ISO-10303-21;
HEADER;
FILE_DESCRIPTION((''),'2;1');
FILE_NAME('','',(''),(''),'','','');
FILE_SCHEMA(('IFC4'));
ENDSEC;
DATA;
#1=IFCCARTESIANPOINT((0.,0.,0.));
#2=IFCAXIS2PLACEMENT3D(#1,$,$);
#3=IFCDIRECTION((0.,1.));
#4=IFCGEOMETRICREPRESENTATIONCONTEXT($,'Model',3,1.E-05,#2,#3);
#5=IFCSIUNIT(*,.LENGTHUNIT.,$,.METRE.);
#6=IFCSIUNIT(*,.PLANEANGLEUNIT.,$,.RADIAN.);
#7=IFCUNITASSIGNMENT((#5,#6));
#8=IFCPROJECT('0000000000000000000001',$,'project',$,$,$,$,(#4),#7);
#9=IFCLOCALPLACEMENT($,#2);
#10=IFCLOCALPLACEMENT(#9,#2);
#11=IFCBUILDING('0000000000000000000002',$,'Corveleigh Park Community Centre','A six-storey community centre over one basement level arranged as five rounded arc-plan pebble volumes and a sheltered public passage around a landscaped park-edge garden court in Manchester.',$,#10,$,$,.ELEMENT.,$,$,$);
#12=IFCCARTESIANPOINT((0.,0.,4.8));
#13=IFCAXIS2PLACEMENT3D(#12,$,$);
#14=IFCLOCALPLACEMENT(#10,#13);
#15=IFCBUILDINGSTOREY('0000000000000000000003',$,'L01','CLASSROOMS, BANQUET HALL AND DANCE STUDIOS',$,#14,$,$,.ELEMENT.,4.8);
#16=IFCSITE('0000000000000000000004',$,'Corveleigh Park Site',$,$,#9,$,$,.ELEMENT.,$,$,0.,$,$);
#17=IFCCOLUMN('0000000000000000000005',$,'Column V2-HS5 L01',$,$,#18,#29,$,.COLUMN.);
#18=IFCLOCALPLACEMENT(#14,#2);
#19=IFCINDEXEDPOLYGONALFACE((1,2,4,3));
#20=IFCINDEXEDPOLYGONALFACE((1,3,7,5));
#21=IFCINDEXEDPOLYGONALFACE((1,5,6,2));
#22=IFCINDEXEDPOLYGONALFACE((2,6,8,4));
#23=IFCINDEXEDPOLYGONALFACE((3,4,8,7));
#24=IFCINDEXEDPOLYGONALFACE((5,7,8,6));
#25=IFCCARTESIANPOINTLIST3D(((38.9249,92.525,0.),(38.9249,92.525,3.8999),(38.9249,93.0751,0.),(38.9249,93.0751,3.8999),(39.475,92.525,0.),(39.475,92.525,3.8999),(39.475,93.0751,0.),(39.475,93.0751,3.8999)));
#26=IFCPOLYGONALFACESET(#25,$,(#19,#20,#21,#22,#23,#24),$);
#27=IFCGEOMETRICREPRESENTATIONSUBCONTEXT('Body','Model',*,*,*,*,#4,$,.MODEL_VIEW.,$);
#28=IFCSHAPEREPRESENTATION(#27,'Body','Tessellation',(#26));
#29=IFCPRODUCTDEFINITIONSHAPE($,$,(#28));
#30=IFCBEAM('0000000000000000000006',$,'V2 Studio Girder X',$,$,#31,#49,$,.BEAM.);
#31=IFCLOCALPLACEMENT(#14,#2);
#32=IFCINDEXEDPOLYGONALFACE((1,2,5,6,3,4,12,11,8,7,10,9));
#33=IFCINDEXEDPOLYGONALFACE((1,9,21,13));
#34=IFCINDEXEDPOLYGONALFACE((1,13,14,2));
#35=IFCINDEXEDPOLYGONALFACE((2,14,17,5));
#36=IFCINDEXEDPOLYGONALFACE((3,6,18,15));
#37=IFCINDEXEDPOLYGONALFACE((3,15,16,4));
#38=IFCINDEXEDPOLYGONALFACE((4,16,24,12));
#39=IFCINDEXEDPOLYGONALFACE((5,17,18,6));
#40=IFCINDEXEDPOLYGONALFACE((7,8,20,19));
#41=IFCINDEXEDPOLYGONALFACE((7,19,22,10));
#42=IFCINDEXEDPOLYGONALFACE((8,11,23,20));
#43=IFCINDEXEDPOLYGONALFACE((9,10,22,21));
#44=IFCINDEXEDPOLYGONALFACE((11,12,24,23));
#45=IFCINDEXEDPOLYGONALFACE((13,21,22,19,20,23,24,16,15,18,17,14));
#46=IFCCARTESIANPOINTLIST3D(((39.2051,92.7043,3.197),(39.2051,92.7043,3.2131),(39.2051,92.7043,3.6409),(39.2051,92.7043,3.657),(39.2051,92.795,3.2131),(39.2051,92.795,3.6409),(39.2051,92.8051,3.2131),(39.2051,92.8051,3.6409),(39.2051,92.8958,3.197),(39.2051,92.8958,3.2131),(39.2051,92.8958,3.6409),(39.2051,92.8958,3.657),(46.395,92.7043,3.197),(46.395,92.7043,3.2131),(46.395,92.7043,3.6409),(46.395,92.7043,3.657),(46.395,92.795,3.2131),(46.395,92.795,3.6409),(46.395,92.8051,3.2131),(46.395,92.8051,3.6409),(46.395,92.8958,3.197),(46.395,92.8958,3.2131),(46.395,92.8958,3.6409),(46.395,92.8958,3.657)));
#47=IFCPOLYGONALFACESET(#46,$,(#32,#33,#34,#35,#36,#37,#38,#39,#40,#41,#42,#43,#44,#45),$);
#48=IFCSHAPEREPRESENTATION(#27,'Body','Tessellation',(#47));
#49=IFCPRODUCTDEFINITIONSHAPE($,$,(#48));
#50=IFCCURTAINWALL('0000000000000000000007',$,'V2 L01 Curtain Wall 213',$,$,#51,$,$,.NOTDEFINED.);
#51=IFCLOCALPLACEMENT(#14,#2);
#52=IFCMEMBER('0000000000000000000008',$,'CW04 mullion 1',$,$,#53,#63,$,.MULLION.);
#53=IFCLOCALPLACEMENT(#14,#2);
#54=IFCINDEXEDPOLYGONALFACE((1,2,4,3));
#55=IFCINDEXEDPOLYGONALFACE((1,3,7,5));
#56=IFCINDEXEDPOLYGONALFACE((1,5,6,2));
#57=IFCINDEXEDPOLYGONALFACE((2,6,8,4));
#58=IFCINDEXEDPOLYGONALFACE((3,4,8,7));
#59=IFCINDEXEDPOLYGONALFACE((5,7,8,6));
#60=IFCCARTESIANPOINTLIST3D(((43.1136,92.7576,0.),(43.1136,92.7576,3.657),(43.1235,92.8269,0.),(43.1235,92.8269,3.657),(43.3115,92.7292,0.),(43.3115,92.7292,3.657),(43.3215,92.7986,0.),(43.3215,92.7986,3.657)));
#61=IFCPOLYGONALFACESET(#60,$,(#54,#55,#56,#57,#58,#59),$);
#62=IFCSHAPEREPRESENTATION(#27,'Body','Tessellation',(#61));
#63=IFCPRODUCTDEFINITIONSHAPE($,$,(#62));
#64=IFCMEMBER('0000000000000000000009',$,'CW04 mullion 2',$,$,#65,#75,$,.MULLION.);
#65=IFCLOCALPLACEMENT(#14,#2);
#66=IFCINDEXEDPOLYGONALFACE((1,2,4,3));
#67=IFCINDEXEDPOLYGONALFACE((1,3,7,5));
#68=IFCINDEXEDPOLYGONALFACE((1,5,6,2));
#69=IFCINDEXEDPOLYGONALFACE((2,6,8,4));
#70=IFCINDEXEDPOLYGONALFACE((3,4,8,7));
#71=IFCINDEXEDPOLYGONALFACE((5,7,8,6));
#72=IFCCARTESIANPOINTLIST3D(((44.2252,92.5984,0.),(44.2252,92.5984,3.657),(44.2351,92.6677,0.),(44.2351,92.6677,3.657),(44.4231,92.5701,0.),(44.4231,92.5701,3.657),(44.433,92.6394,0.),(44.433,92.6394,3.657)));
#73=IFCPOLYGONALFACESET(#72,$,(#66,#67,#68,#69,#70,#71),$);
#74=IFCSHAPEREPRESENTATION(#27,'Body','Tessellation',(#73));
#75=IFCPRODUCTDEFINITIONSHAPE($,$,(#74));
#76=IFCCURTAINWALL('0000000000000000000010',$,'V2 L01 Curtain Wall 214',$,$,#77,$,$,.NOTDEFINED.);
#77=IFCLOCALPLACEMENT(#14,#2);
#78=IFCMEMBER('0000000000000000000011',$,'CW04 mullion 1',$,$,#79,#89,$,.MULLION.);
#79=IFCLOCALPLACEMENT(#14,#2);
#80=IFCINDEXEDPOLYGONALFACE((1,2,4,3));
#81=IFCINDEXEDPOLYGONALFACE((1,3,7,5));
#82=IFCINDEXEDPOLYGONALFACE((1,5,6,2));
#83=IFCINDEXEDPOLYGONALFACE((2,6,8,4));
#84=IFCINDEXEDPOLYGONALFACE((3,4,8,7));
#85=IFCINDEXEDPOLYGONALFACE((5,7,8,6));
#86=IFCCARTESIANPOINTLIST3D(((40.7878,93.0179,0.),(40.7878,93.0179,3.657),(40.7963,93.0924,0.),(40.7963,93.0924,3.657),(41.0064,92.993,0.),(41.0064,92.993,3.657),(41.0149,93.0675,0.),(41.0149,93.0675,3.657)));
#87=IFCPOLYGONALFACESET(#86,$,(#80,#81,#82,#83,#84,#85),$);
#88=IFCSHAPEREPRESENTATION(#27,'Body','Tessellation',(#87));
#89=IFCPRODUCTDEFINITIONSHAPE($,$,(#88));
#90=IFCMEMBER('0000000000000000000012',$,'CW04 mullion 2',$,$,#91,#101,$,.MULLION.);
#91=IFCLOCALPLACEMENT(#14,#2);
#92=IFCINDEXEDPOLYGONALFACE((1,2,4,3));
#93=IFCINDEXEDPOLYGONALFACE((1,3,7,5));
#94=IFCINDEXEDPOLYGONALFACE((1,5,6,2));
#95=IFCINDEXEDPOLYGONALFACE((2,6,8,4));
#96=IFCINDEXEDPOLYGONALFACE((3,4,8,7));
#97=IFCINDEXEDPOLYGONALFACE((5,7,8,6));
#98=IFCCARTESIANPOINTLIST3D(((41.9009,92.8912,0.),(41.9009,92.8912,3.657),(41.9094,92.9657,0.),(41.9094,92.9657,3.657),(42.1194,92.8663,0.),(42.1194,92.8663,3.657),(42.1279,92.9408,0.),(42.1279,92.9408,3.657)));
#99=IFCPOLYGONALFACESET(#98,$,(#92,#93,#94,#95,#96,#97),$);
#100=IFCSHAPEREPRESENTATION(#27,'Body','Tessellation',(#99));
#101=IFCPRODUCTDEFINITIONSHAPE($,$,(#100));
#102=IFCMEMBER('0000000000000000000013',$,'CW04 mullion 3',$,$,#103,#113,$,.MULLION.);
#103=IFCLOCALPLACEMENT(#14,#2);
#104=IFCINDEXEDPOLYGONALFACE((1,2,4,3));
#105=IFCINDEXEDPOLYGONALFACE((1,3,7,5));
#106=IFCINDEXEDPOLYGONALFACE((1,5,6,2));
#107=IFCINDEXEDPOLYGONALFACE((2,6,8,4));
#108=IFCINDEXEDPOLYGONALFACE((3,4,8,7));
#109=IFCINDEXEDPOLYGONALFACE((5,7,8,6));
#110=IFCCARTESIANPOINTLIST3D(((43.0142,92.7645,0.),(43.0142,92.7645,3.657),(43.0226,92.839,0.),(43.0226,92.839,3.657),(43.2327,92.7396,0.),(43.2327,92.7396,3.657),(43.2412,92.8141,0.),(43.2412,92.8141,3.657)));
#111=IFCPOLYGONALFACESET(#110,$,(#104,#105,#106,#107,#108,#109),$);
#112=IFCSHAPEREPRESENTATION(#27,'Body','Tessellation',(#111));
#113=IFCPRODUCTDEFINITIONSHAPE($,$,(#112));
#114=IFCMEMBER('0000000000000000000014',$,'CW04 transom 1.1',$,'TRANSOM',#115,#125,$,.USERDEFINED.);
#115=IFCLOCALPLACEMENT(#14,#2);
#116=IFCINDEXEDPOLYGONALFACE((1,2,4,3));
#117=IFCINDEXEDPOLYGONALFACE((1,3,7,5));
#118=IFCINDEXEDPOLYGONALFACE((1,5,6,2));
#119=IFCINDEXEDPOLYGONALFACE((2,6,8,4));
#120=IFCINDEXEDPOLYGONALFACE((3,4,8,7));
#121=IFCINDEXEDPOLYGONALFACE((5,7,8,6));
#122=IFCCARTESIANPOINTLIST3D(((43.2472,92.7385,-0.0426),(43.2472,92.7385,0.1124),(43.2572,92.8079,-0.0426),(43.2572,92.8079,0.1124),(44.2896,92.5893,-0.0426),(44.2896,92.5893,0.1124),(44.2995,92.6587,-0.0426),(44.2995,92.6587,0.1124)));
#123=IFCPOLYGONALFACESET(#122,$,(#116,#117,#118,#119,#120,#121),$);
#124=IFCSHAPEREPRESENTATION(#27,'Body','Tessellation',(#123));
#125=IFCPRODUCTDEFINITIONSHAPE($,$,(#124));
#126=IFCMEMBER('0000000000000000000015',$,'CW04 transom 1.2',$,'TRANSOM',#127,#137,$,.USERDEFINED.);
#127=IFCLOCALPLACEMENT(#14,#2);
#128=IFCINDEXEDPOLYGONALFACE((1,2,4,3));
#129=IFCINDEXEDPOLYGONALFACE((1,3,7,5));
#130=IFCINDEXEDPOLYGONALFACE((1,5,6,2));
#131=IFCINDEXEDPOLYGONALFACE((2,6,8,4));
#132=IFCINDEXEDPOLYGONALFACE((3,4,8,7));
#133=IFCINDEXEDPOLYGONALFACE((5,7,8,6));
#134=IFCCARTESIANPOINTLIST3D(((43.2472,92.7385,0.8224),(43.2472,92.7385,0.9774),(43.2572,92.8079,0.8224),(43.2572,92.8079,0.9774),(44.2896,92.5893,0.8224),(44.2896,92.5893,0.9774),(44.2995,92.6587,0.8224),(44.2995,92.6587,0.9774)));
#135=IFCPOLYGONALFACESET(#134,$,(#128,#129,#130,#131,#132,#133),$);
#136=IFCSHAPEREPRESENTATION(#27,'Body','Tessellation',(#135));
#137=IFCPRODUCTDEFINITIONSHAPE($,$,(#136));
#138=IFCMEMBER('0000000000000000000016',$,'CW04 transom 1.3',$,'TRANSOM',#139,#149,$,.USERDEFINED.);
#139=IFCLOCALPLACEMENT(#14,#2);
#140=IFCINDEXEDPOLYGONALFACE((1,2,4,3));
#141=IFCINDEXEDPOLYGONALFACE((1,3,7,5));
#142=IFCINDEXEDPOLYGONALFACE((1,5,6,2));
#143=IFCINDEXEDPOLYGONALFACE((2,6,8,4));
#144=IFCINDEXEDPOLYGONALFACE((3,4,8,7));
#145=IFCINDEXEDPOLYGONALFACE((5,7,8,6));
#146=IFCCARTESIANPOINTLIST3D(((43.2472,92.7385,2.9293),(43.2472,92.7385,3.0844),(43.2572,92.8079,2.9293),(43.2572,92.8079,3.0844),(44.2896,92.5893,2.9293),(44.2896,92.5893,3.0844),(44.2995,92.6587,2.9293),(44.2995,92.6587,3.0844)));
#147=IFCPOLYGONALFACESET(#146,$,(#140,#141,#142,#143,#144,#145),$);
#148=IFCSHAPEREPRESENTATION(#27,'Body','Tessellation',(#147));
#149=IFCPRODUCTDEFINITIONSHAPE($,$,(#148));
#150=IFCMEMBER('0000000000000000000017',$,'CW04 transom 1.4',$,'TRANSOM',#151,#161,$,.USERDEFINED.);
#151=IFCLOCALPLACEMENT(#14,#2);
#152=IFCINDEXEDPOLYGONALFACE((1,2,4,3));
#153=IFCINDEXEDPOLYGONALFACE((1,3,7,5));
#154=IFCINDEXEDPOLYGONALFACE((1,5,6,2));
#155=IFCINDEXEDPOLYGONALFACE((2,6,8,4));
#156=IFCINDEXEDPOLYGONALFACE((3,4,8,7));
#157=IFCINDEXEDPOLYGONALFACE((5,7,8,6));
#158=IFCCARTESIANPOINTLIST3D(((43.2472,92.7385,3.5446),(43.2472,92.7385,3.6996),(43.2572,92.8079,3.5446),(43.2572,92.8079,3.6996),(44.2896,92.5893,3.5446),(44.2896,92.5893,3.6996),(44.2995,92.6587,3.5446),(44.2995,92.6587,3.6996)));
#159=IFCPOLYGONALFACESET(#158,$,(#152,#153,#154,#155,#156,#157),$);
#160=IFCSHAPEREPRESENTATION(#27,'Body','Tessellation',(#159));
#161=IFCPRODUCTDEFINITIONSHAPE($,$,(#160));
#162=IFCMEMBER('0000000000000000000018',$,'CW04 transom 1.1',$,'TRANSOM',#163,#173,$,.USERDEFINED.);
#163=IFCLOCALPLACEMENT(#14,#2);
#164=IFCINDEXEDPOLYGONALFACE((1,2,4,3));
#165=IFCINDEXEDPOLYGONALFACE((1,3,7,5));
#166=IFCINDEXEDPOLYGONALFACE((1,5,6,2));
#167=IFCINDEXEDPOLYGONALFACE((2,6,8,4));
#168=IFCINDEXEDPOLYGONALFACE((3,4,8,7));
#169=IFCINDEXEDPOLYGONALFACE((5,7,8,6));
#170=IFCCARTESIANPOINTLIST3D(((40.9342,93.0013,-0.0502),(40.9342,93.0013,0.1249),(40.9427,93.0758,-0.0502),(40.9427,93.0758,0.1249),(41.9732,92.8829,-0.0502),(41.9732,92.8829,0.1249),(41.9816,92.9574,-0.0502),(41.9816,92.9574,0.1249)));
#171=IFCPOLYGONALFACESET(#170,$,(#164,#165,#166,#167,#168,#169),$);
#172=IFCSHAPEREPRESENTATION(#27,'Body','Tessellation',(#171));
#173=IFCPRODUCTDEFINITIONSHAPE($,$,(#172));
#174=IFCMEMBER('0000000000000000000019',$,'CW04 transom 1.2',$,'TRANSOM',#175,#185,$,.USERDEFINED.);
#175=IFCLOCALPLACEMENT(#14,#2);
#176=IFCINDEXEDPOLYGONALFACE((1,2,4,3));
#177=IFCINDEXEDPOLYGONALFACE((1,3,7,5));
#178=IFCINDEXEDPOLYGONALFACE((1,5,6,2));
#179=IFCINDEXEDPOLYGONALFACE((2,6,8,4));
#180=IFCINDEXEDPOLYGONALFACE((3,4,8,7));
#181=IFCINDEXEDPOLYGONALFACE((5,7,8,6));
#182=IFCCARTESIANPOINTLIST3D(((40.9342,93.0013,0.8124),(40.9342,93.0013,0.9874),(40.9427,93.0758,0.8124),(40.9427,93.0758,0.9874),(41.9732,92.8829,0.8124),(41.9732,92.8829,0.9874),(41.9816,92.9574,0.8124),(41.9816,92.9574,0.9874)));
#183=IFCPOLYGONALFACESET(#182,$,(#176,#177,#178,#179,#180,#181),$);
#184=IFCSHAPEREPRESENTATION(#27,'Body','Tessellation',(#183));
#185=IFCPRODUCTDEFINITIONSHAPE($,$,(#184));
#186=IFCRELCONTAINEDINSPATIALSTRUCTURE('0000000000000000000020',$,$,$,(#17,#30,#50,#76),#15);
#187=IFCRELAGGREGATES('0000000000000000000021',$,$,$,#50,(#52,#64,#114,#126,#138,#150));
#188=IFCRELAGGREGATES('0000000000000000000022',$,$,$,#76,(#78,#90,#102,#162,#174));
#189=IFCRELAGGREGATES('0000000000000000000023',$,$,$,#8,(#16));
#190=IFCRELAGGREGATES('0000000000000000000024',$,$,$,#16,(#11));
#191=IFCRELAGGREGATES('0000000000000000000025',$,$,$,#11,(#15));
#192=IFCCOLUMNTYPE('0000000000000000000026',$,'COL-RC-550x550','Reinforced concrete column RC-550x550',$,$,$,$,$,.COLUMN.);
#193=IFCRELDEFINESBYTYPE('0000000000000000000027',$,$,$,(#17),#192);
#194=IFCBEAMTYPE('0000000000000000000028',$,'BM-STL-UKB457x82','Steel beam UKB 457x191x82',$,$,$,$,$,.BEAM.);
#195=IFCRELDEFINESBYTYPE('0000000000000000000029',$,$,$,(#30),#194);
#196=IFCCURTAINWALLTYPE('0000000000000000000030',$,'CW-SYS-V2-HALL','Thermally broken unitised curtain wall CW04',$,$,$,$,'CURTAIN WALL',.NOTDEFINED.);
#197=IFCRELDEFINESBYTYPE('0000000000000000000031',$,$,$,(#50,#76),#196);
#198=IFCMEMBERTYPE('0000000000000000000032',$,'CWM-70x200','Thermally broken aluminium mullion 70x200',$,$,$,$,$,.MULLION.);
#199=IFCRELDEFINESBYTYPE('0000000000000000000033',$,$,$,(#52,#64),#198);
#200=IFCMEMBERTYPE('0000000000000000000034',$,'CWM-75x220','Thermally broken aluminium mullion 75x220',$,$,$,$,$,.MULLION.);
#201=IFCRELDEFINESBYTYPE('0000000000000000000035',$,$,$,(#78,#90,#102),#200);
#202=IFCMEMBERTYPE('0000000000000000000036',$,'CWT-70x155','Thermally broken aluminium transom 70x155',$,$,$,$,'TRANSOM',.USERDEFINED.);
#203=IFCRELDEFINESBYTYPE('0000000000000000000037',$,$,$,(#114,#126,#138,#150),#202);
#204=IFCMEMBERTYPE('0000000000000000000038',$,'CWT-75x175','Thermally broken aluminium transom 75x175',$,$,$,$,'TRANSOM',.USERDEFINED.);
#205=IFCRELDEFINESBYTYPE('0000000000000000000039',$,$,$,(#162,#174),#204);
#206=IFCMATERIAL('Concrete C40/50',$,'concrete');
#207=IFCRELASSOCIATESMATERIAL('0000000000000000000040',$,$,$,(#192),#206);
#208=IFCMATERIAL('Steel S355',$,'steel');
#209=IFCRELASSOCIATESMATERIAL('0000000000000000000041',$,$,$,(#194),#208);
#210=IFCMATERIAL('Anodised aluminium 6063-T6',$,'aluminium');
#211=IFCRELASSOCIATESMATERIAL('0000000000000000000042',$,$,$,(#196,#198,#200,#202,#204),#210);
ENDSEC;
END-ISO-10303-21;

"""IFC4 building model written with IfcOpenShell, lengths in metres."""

from ifc_helpers import new_model, si_unit, direction, frame, origin, origin_2d, place, context, subcontext, project, spatial, rectangle, i_section, extrude, material, material_profile, profile_set, type_object, element, aggregate, save


model = new_model("IFC4")

# Units and contexts
model_context = context("Model", 3, precision=1e-05, world=origin(), true_north=direction((0.0, 1.0)))
body_context = subcontext(model_context, "Body", "Model", "MODEL_VIEW")
ifc_project = project(units=[si_unit("LENGTHUNIT", "METRE"), si_unit("PLANEANGLEUNIT", "RADIAN")], contexts=[model_context])

# Site, building, storey
site_placement = place(None, origin())
site = spatial("IfcSite", under=ifc_project, at=site_placement, Name="Corveleigh Park Site", CompositionType="ELEMENT", RefElevation=0.0)
building_placement = place(site_placement, origin())
building = spatial("IfcBuilding", under=site, at=building_placement, Name="Corveleigh Park Community Centre", Description="A six-storey community centre over one basement level arranged as five rounded arc-plan pebble volumes and a sheltered public passage around a landscaped park-edge garden court in Manchester.", CompositionType="ELEMENT")
storey_placement = place(building_placement, frame((0.0, 0.0, 4.8)))
storey = spatial("IfcBuildingStorey", under=building, at=storey_placement, Name="L01", Description="CLASSROOMS, BANQUET HALL AND DANCE STUDIOS", CompositionType="ELEMENT", Elevation=4.8)

# Column
ifc_material_1 = material(Name="Concrete C40/50", Category="concrete")
ifc_material_profile_1 = material_profile(ifc_material_1, rectangle(XDim=0.55, YDim=0.55, at=origin_2d()), Name="RC-550x550", Category="concrete")
ifc_profile_set_1 = profile_set([ifc_material_profile_1], Name="Concrete C40/50")
column_type = type_object("IfcColumnType", Name="COL-RC-550x550", Description="Reinforced concrete column RC-550x550", PredefinedType="COLUMN", material=ifc_profile_set_1)
column_placement = place(storey_placement, frame((39.2, 92.8, 0.0), z_axis=(0.0, 0.0, 1.0), x_axis=(1.0, 0.0, 0.0)))
element("IfcColumn", 1, at=column_placement, inside=storey, type_object=column_type, Name="Column V2-HS5 L01", PredefinedType="COLUMN", context=body_context, shape_type="SweptSolid", body=[
    extrude(rectangle(XDim=0.55, YDim=0.55, at=origin_2d()), origin(), (0.0, 0.0, 1.0), 3.8999),
])

# Beam
ifc_material_2 = material(Name="Steel S355", Category="steel")
ifc_material_profile_2 = material_profile(ifc_material_2, i_section(OverallWidth=0.1914, OverallDepth=0.46, WebThickness=0.01, FlangeThickness=0.0161, at=origin_2d()), Name="UKB 457x191x82", Category="steel")
ifc_profile_set_2 = profile_set([ifc_material_profile_2], Name="Steel S355")
beam_type = type_object("IfcBeamType", Name="BM-STL-UKB457x82", Description="Steel beam UKB 457x191x82", PredefinedType="BEAM", material=ifc_profile_set_2)
beam_placement = place(storey_placement, frame((39.2051, 92.8, 3.427), z_axis=(1.0, 0.0, 0.0), x_axis=(0.0, 1.0, 0.0)))
element("IfcBeam", 2, at=beam_placement, inside=storey, type_object=beam_type, Name="V2 Studio Girder X", PredefinedType="BEAM", context=body_context, shape_type="SweptSolid", body=[
    extrude(i_section(OverallWidth=0.1914, OverallDepth=0.46, WebThickness=0.01, FlangeThickness=0.0161, at=origin_2d()), origin(), (0.0, 0.0, 1.0), 7.1899),
])

# Curtain walls, members
ifc_material_3 = material(Name="Anodised aluminium 6063-T6", Category="aluminium")
curtain_wall_type = type_object("IfcCurtainWallType", Name="CW-SYS-V2-HALL", Description="Thermally broken unitised curtain wall CW04", ElementType="CURTAIN WALL", PredefinedType="NOTDEFINED", material=ifc_material_3)
curtain_wall_1_placement = place(storey_placement, origin())
curtain_wall_1 = element("IfcCurtainWall", 3, at=curtain_wall_1_placement, inside=storey, type_object=curtain_wall_type, Name="V2 L01 Curtain Wall 213", PredefinedType="NOTDEFINED")
ifc_material_profile_3 = material_profile(ifc_material_3, rectangle(XDim=0.0701, YDim=0.2, at=origin_2d()), Name="ALU-M70x200", Category="aluminium")
ifc_profile_set_3 = profile_set([ifc_material_profile_3], Name="Anodised aluminium 6063-T6")
member_type_1 = type_object("IfcMemberType", Name="CWM-70x200", Description="Thermally broken aluminium mullion 70x200", PredefinedType="MULLION", material=ifc_profile_set_3)
member_1_placement = place(storey_placement, frame((43.2175, 92.7781, 0.0), z_axis=(0.0, 0.0, 1.0), x_axis=(0.141663, 0.989915, 0.0)))
member_1 = element("IfcMember", 4, at=member_1_placement, type_object=member_type_1, Name="CW04 mullion 1", PredefinedType="MULLION", context=body_context, shape_type="SweptSolid", body=[
    extrude(rectangle(XDim=0.0701, YDim=0.2, at=origin_2d()), origin(), (0.0, 0.0, 1.0), 3.657),
])
member_2_placement = place(storey_placement, frame((44.3291, 92.6189, 0.0), z_axis=(0.0, 0.0, 1.0), x_axis=(0.141663, 0.989915, 0.0)))
member_2 = element("IfcMember", 5, at=member_2_placement, type_object=member_type_1, Name="CW04 mullion 2", PredefinedType="MULLION", context=body_context, shape_type="SweptSolid", body=[
    extrude(rectangle(XDim=0.0701, YDim=0.2, at=origin_2d()), origin(), (0.0, 0.0, 1.0), 3.657),
])
curtain_wall_2_placement = place(storey_placement, origin())
curtain_wall_2 = element("IfcCurtainWall", 6, at=curtain_wall_2_placement, inside=storey, type_object=curtain_wall_type, Name="V2 L01 Curtain Wall 214", PredefinedType="NOTDEFINED")
ifc_material_profile_4 = material_profile(ifc_material_3, rectangle(XDim=0.075, YDim=0.22, at=origin_2d()), Name="ALU-M75x220", Category="aluminium")
ifc_profile_set_4 = profile_set([ifc_material_profile_4], Name="Anodised aluminium 6063-T6")
member_type_2 = type_object("IfcMemberType", Name="CWM-75x220", Description="Thermally broken aluminium mullion 75x220", PredefinedType="MULLION", material=ifc_profile_set_4)
member_3_placement = place(storey_placement, frame((40.9014, 93.0427, 0.0), z_axis=(0.0, 0.0, 1.0), x_axis=(0.113133, 0.99358, 0.0)))
member_3 = element("IfcMember", 7, at=member_3_placement, type_object=member_type_2, Name="CW04 mullion 1", PredefinedType="MULLION", context=body_context, shape_type="SweptSolid", body=[
    extrude(rectangle(XDim=0.075, YDim=0.22, at=origin_2d()), origin(), (0.0, 0.0, 1.0), 3.657),
])
member_4_placement = place(storey_placement, frame((42.0144, 92.916, 0.0), z_axis=(0.0, 0.0, 1.0), x_axis=(0.113133, 0.99358, 0.0)))
member_4 = element("IfcMember", 8, at=member_4_placement, type_object=member_type_2, Name="CW04 mullion 2", PredefinedType="MULLION", context=body_context, shape_type="SweptSolid", body=[
    extrude(rectangle(XDim=0.075, YDim=0.22, at=origin_2d()), origin(), (0.0, 0.0, 1.0), 3.657),
])
member_5_placement = place(storey_placement, frame((43.1277, 92.7893, 0.0), z_axis=(0.0, 0.0, 1.0), x_axis=(0.113133, 0.99358, 0.0)))
member_5 = element("IfcMember", 9, at=member_5_placement, type_object=member_type_2, Name="CW04 mullion 3", PredefinedType="MULLION", context=body_context, shape_type="SweptSolid", body=[
    extrude(rectangle(XDim=0.075, YDim=0.22, at=origin_2d()), origin(), (0.0, 0.0, 1.0), 3.657),
])

# Members
ifc_material_profile_5 = material_profile(ifc_material_3, rectangle(XDim=0.0701, YDim=0.155, at=origin_2d()), Name="ALU-T70x155", Category="aluminium")
ifc_profile_set_5 = profile_set([ifc_material_profile_5], Name="Anodised aluminium 6063-T6")
member_type_3 = type_object("IfcMemberType", Name="CWT-70x155", Description="Thermally broken aluminium transom 70x155", ElementType="TRANSOM", PredefinedType="USERDEFINED", material=ifc_profile_set_5)
member_6_placement = place(storey_placement, frame((43.2522, 92.7732, 0.0349), z_axis=(0.989912, -0.141681, 0.0), x_axis=(0.141681, 0.989912, 0.0)))
member_6 = element("IfcMember", 10, at=member_6_placement, type_object=member_type_3, Name="CW04 transom 1.1", ObjectType="TRANSOM", PredefinedType="USERDEFINED", context=body_context, shape_type="SweptSolid", body=[
    extrude(rectangle(XDim=0.0701, YDim=0.155, at=origin_2d()), origin(), (0.0, 0.0, 1.0), 1.053),
])
member_7_placement = place(storey_placement, frame((43.2522, 92.7732, 0.8999), z_axis=(0.989912, -0.141681, 0.0), x_axis=(0.141681, 0.989912, 0.0)))
member_7 = element("IfcMember", 11, at=member_7_placement, type_object=member_type_3, Name="CW04 transom 1.2", ObjectType="TRANSOM", PredefinedType="USERDEFINED", context=body_context, shape_type="SweptSolid", body=[
    extrude(rectangle(XDim=0.0701, YDim=0.155, at=origin_2d()), origin(), (0.0, 0.0, 1.0), 1.053),
])
member_8_placement = place(storey_placement, frame((43.2522, 92.7732, 3.0068), z_axis=(0.989912, -0.141681, 0.0), x_axis=(0.141681, 0.989912, 0.0)))
member_8 = element("IfcMember", 12, at=member_8_placement, type_object=member_type_3, Name="CW04 transom 1.3", ObjectType="TRANSOM", PredefinedType="USERDEFINED", context=body_context, shape_type="SweptSolid", body=[
    extrude(rectangle(XDim=0.0701, YDim=0.155, at=origin_2d()), origin(), (0.0, 0.0, 1.0), 1.053),
])
member_9_placement = place(storey_placement, frame((43.2522, 92.7732, 3.6221), z_axis=(0.989912, -0.141681, 0.0), x_axis=(0.141681, 0.989912, 0.0)))
member_9 = element("IfcMember", 13, at=member_9_placement, type_object=member_type_3, Name="CW04 transom 1.4", ObjectType="TRANSOM", PredefinedType="USERDEFINED", context=body_context, shape_type="SweptSolid", body=[
    extrude(rectangle(XDim=0.0701, YDim=0.155, at=origin_2d()), origin(), (0.0, 0.0, 1.0), 1.053),
])
ifc_material_profile_6 = material_profile(ifc_material_3, rectangle(XDim=0.075, YDim=0.175, at=origin_2d()), Name="ALU-T75x175", Category="aluminium")
ifc_profile_set_6 = profile_set([ifc_material_profile_6], Name="Anodised aluminium 6063-T6")
member_type_4 = type_object("IfcMemberType", Name="CWT-75x175", Description="Thermally broken aluminium transom 75x175", ElementType="TRANSOM", PredefinedType="USERDEFINED", material=ifc_profile_set_6)
member_10_placement = place(storey_placement, frame((40.9385, 93.0386, 0.0374), z_axis=(0.993566, -0.11325, 0.0), x_axis=(0.11325, 0.993566, 0.0)))
member_10 = element("IfcMember", 14, at=member_10_placement, type_object=member_type_4, Name="CW04 transom 1.1", ObjectType="TRANSOM", PredefinedType="USERDEFINED", context=body_context, shape_type="SweptSolid", body=[
    extrude(rectangle(XDim=0.075, YDim=0.175, at=origin_2d()), origin(), (0.0, 0.0, 1.0), 1.0457),
])
member_11_placement = place(storey_placement, frame((40.9385, 93.0386, 0.8999), z_axis=(0.993566, -0.11325, 0.0), x_axis=(0.11325, 0.993566, 0.0)))
member_11 = element("IfcMember", 15, at=member_11_placement, type_object=member_type_4, Name="CW04 transom 1.2", ObjectType="TRANSOM", PredefinedType="USERDEFINED", context=body_context, shape_type="SweptSolid", body=[
    extrude(rectangle(XDim=0.075, YDim=0.175, at=origin_2d()), origin(), (0.0, 0.0, 1.0), 1.0457),
])

aggregate(curtain_wall_1, [member_1, member_2, member_6, member_7, member_8, member_9])
aggregate(curtain_wall_2, [member_3, member_4, member_5, member_10, member_11])

save(model, "model.ifc")
